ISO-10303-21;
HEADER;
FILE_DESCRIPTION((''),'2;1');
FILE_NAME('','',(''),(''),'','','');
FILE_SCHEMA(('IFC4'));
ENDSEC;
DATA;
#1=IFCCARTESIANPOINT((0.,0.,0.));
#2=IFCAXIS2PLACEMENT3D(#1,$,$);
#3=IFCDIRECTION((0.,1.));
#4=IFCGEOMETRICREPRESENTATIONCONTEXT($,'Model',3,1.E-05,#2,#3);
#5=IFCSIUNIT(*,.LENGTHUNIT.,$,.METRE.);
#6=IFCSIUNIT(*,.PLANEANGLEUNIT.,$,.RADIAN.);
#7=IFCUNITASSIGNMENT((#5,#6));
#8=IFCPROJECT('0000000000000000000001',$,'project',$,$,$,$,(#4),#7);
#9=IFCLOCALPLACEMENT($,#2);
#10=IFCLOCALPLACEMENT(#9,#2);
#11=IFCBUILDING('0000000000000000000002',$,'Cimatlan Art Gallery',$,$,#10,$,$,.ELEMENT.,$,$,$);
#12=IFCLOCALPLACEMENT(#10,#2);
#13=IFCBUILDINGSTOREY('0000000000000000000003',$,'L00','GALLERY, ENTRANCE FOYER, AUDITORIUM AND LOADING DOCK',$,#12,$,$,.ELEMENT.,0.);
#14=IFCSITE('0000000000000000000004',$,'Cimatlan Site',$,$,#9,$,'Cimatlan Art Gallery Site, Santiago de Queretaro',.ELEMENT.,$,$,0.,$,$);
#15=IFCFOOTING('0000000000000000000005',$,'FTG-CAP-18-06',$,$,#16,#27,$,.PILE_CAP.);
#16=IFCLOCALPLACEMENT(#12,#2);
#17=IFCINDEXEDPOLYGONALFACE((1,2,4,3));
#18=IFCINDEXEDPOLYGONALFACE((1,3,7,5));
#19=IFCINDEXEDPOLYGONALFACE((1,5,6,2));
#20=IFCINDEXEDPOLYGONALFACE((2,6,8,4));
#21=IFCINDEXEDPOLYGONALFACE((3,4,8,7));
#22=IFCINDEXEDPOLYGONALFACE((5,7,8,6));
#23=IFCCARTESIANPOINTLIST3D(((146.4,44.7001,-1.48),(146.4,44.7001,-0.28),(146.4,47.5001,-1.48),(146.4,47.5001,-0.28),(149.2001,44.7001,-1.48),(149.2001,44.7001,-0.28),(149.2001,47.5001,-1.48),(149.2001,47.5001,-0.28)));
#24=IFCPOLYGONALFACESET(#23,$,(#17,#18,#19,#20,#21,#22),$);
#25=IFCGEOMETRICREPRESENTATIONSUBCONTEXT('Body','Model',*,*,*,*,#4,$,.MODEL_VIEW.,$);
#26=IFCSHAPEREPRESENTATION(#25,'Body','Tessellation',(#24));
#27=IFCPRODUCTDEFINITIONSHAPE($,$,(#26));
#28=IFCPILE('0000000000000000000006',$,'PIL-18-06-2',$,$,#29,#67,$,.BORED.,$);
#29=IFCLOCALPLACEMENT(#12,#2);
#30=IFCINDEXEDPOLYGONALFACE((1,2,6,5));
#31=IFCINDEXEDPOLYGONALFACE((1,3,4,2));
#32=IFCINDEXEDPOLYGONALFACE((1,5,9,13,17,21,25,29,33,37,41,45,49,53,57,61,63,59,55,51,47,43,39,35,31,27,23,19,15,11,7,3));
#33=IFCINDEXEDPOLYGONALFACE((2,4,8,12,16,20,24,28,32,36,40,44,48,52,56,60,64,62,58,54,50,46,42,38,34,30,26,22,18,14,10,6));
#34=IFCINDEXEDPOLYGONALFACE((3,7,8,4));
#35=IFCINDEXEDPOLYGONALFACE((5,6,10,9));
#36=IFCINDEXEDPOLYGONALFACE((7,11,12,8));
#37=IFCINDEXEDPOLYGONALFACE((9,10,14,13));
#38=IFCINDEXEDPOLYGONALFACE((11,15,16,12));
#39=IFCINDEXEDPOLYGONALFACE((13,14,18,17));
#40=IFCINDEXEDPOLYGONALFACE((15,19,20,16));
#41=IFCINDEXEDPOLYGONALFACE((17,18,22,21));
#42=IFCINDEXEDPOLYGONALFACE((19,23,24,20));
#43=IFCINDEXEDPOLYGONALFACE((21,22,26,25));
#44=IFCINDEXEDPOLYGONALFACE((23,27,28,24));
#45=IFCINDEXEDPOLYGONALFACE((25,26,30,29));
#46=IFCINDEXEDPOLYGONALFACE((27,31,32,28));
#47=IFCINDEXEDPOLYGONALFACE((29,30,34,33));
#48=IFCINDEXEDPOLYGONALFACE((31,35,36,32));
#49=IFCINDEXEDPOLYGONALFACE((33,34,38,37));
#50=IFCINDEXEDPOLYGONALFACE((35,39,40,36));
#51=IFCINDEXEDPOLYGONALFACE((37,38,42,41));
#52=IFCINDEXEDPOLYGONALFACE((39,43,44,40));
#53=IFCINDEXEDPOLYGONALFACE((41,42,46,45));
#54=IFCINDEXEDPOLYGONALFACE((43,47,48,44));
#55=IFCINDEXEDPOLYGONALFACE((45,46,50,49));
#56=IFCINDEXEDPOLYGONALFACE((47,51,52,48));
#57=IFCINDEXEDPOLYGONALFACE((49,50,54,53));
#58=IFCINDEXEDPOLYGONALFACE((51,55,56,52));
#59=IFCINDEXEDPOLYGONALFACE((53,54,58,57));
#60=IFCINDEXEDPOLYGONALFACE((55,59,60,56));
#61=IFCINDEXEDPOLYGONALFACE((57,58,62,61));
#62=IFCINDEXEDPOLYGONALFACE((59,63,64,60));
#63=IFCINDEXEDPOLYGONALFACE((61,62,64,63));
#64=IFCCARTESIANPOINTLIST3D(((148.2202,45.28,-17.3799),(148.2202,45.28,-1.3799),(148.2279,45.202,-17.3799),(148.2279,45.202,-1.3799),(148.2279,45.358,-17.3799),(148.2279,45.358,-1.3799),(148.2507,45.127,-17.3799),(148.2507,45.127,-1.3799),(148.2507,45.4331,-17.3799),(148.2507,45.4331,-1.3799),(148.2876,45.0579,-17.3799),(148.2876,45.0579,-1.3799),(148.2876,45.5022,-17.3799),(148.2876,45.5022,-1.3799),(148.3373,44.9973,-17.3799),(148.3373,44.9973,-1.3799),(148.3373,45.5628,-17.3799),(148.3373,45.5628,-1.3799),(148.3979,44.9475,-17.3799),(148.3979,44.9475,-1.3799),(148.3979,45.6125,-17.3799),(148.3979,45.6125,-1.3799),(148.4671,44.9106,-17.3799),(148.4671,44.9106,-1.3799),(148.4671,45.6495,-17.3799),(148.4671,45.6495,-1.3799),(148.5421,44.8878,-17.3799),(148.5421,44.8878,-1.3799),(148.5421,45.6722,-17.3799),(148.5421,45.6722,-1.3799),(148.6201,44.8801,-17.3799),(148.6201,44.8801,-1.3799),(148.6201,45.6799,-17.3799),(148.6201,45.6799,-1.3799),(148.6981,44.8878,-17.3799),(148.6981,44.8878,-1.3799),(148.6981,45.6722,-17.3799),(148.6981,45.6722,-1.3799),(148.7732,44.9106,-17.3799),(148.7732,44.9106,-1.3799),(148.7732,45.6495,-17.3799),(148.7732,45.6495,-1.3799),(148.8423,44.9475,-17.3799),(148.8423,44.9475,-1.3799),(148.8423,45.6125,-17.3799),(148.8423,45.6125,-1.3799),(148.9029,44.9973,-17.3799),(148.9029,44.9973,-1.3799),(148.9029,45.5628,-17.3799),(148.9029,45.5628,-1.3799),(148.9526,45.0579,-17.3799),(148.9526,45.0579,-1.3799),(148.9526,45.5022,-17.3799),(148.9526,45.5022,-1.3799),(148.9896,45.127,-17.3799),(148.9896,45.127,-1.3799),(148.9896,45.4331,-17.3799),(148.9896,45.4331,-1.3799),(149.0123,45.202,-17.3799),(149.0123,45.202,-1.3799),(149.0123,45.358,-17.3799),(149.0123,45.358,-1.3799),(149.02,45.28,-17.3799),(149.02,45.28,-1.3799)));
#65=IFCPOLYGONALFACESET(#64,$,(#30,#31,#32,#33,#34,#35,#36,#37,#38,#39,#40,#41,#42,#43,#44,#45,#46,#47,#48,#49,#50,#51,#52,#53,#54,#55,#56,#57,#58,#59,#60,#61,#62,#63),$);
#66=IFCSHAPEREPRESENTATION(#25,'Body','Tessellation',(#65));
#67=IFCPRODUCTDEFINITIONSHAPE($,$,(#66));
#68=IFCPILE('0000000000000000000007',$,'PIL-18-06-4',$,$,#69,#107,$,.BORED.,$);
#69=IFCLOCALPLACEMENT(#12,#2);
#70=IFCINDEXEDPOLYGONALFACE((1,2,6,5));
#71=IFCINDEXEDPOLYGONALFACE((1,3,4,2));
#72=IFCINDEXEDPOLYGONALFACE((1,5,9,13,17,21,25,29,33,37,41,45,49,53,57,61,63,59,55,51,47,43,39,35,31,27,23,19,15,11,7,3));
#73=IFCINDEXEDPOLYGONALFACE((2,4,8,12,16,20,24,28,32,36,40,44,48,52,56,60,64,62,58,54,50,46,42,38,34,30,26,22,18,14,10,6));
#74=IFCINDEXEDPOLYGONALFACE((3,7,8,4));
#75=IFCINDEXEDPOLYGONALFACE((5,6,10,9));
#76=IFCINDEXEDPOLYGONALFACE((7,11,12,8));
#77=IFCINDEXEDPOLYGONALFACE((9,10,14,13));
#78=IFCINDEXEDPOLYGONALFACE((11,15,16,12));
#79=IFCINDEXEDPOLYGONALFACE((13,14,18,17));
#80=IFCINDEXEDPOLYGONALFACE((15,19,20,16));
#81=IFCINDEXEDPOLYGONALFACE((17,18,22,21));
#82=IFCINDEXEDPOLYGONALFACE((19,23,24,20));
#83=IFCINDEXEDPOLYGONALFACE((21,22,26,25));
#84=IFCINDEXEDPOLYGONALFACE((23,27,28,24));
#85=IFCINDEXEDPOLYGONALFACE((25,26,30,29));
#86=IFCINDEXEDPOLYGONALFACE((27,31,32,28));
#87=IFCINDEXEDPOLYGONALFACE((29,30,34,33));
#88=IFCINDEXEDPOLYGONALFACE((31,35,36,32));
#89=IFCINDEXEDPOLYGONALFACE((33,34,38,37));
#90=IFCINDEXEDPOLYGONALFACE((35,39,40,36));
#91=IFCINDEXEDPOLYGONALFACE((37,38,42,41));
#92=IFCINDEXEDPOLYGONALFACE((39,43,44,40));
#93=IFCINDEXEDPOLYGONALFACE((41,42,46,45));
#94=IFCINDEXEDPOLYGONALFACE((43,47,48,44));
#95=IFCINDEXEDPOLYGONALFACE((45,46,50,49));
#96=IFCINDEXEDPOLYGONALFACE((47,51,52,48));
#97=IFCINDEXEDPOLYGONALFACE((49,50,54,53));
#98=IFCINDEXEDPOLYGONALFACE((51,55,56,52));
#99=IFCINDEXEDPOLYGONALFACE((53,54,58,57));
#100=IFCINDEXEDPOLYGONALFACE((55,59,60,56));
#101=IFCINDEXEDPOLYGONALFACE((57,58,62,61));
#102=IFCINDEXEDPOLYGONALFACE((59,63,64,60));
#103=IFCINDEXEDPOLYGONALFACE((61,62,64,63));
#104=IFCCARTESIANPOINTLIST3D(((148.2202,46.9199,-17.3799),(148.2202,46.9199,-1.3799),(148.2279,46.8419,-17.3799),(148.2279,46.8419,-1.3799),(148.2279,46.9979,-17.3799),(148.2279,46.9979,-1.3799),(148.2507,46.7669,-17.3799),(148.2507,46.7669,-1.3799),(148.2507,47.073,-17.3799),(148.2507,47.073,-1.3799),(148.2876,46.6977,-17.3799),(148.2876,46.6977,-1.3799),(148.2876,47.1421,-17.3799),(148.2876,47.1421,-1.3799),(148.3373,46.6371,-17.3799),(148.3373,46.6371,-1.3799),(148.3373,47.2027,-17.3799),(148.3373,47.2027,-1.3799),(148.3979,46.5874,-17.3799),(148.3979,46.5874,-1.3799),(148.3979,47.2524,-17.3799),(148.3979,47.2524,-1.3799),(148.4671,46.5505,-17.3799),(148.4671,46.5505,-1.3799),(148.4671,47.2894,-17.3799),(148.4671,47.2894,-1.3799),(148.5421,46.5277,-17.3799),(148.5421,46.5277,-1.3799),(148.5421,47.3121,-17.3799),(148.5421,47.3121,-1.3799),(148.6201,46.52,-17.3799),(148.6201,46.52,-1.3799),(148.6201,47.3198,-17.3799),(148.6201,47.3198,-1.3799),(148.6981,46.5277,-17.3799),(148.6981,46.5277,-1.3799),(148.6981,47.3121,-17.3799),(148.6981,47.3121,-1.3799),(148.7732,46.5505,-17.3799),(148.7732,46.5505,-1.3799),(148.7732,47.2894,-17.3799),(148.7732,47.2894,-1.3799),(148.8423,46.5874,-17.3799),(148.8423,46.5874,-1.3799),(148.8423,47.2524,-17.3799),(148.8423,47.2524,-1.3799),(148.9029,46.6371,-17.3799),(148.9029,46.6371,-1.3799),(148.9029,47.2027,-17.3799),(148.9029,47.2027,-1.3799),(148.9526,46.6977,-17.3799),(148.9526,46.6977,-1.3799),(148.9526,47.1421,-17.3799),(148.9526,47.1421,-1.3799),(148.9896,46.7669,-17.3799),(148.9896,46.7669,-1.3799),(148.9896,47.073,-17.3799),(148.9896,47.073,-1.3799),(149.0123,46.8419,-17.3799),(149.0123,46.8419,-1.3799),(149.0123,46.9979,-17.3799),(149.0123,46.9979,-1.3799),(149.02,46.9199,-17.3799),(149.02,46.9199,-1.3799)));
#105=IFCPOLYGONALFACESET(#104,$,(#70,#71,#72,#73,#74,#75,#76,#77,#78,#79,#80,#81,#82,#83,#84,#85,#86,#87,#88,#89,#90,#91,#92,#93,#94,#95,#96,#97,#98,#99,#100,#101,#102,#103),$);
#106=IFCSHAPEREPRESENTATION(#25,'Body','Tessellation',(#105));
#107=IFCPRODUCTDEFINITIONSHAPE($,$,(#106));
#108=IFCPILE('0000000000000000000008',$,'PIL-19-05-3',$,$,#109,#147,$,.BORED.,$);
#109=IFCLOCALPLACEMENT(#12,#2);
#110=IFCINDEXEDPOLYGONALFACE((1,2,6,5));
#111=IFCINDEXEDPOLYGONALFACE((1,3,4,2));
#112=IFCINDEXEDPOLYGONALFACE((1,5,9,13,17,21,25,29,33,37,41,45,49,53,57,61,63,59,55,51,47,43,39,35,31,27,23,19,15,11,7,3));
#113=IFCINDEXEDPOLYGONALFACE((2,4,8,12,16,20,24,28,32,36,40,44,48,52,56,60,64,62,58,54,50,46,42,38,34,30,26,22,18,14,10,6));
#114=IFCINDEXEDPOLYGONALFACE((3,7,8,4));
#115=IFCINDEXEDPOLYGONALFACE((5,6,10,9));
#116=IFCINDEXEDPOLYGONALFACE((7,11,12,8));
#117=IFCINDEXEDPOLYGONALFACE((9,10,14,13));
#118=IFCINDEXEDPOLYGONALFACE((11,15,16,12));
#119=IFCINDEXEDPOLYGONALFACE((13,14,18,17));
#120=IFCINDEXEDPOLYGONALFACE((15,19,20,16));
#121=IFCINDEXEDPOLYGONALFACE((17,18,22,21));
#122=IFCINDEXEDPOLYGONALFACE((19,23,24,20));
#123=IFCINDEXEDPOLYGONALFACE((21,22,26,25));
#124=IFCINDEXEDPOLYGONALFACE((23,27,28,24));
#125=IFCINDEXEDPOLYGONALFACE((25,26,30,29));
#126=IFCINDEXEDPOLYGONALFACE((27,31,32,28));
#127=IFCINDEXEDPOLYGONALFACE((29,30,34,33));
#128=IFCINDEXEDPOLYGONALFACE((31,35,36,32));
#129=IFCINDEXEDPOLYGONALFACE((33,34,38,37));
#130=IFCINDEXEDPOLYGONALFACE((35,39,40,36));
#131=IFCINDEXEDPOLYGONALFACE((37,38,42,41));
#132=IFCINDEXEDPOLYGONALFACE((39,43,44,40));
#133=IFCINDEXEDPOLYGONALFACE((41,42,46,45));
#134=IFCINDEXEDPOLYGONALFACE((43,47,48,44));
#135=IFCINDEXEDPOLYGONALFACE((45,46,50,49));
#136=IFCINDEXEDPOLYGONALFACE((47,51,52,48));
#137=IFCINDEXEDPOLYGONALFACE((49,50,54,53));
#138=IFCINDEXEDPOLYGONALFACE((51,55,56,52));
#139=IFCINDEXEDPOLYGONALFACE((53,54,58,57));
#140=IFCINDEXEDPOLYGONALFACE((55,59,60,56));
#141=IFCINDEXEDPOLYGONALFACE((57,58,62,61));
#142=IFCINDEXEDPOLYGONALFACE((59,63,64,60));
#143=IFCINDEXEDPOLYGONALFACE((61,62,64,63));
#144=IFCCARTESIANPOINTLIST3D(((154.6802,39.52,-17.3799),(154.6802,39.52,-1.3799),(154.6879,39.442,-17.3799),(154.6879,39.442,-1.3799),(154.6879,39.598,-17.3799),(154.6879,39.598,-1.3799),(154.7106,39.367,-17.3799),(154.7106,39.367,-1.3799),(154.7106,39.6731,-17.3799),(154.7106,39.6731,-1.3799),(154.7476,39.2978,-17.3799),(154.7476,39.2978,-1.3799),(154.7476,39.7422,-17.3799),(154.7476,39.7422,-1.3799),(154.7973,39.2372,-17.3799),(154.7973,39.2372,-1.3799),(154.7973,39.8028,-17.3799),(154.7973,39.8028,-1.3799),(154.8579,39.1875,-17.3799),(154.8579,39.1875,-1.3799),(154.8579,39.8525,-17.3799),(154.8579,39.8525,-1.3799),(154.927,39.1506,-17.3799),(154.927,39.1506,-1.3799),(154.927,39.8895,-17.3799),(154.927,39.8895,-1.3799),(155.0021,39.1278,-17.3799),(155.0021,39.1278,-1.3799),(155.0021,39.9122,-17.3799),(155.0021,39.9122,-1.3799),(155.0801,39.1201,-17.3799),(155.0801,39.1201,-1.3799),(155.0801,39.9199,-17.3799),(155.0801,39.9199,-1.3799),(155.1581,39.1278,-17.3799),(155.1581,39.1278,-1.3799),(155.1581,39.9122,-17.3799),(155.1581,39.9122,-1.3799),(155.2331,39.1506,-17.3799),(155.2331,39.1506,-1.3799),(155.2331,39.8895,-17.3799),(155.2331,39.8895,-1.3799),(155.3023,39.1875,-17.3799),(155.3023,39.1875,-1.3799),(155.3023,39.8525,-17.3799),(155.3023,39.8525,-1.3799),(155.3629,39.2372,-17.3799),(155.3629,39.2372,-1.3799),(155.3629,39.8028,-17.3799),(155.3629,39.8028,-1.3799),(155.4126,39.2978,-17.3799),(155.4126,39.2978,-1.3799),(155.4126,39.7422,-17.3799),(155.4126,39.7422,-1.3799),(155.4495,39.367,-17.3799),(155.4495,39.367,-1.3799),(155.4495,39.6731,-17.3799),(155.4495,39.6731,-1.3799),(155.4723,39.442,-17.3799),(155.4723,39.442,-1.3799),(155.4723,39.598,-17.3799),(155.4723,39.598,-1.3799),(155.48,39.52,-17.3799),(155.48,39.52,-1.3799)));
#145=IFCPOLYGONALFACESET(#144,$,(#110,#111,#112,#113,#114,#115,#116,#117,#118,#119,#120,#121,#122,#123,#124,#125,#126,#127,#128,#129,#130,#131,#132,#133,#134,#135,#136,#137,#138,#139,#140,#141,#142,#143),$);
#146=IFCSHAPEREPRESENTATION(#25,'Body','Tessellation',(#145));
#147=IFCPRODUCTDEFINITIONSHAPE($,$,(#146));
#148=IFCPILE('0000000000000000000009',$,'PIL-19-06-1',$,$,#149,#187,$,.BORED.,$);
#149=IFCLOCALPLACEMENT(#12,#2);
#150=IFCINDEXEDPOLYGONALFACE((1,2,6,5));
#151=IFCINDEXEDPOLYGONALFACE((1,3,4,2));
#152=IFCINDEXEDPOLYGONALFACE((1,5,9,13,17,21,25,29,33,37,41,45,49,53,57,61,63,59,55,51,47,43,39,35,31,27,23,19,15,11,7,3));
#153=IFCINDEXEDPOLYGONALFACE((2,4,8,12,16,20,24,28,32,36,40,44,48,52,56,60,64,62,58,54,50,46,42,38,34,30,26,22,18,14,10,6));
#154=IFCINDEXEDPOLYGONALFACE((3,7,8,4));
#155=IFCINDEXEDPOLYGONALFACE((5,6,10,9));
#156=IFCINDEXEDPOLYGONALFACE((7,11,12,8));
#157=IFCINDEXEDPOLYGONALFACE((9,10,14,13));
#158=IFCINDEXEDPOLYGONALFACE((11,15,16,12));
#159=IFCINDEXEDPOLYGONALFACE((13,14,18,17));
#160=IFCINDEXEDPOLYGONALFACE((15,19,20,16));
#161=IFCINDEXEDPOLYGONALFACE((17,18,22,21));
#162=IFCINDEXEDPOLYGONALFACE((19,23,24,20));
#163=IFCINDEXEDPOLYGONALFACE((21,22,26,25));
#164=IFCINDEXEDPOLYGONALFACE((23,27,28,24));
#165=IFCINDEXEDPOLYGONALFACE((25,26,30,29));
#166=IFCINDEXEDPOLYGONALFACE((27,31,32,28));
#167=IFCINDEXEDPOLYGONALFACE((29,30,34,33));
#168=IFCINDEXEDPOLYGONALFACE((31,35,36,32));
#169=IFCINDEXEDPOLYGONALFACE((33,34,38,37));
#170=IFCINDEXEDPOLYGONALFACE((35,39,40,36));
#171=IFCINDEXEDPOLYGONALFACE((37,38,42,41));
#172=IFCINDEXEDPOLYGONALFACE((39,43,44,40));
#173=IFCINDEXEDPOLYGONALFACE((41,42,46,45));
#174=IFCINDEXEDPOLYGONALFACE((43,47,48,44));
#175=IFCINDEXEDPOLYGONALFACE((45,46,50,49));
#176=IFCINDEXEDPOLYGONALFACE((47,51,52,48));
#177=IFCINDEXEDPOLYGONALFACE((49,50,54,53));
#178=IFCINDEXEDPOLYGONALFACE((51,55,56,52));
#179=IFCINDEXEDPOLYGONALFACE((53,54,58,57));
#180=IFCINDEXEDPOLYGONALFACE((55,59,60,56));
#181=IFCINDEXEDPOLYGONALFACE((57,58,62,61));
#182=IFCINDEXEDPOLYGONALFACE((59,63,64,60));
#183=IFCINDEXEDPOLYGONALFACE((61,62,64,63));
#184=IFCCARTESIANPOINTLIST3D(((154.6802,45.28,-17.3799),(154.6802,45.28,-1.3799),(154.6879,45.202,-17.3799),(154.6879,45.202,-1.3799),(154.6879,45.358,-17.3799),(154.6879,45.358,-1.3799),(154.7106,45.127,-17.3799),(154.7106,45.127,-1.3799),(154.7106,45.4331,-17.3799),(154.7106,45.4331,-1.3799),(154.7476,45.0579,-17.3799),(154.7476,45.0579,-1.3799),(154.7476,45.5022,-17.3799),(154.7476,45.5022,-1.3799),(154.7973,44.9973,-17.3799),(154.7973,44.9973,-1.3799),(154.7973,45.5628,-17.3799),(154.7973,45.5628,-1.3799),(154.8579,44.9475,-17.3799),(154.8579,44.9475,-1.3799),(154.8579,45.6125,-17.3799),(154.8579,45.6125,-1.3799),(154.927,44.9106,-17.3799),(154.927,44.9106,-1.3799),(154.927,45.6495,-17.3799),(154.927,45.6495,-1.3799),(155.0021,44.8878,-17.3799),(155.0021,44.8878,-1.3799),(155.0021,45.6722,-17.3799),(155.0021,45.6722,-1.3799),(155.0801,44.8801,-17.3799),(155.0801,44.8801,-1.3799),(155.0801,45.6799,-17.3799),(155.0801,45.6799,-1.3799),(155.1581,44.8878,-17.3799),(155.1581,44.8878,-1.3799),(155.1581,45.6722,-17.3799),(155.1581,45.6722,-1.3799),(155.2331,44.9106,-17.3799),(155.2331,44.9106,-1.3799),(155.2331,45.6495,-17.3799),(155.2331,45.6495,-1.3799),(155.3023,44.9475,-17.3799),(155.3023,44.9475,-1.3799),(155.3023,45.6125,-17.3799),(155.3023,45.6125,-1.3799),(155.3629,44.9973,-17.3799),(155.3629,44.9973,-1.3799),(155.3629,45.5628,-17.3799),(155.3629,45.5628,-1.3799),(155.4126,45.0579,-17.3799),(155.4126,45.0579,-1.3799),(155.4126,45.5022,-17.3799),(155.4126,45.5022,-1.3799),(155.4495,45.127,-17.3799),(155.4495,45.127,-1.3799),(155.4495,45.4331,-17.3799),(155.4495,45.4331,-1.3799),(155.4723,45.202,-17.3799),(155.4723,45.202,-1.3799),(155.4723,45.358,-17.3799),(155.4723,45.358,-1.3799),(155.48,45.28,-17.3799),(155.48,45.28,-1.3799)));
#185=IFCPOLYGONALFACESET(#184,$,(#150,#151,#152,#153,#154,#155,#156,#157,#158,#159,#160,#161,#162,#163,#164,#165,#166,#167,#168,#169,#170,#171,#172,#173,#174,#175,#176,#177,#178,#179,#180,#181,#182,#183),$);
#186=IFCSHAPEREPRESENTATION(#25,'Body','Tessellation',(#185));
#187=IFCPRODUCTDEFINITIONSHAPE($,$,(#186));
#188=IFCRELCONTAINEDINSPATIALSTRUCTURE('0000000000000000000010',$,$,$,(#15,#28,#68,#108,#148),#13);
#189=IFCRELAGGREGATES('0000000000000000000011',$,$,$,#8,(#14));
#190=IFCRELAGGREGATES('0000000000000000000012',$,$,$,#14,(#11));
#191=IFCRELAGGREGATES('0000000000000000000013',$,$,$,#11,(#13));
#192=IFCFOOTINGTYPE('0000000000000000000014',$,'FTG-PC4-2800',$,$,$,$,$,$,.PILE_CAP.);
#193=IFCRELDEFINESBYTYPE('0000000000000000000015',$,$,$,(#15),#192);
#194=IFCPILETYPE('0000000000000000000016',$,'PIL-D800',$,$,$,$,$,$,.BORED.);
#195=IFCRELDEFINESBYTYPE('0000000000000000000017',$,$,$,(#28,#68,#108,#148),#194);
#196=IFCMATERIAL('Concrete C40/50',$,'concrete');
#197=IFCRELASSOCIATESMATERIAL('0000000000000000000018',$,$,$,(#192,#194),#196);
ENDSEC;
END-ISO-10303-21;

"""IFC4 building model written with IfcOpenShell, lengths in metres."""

from ifc_helpers import new_model, si_unit, direction, frame, origin, origin_2d, place, context, subcontext, project, spatial, rectangle, circle, extrude, material, type_object, element, save


model = new_model("IFC4")

# Units and contexts
model_context = context("Model", 3, precision=1e-05, world=origin(), true_north=direction((0.0, 1.0)))
body_context = subcontext(model_context, "Body", "Model", "MODEL_VIEW")
ifc_project = project(units=[si_unit("LENGTHUNIT", "METRE"), si_unit("PLANEANGLEUNIT", "RADIAN")], contexts=[model_context])

# Site, building, storey
site_placement = place(None, origin())
site = spatial("IfcSite", under=ifc_project, at=site_placement, Name="Cimatlan Site", LongName="Cimatlan Art Gallery Site, Santiago de Queretaro", CompositionType="ELEMENT", RefElevation=0.0)
building_placement = place(site_placement, origin())
building = spatial("IfcBuilding", under=site, at=building_placement, Name="Cimatlan Art Gallery", CompositionType="ELEMENT")
storey_placement = place(building_placement, origin())
storey = spatial("IfcBuildingStorey", under=building, at=storey_placement, Name="L00", Description="GALLERY, ENTRANCE FOYER, AUDITORIUM AND LOADING DOCK", CompositionType="ELEMENT", Elevation=0.0)

# Footing
ifc_material_1 = material(Name="Concrete C40/50", Category="concrete")
footing_type = type_object("IfcFootingType", Name="FTG-PC4-2800", PredefinedType="PILE_CAP", material=ifc_material_1)
footing_placement = place(storey_placement, frame((147.8, 46.1001, -1.48), z_axis=(0.0, 0.0, 1.0), x_axis=(1.0, 0.0, 0.0)))
element("IfcFooting", 1, at=footing_placement, inside=storey, type_object=footing_type, Name="FTG-CAP-18-06", PredefinedType="PILE_CAP", context=body_context, shape_type="SweptSolid", body=[
    extrude(rectangle(XDim=2.8, YDim=2.8, at=origin_2d()), origin(), (0.0, 0.0, 1.0), 1.2),
])

# Piles
pile_type = type_object("IfcPileType", Name="PIL-D800", PredefinedType="BORED", material=ifc_material_1)
for number, where, z_axis, x_axis, name in (
    (2, (148.6201, 45.28, -1.3799), (0.0, 0.0, -1.0), (1.0, 0.0, 0.0), "PIL-18-06-2"),
    (3, (148.6201, 46.9199, -1.3799), (0.0, 0.0, -1.0), (1.0, 0.0, 0.0), "PIL-18-06-4"),
    (4, (155.0801, 39.52, -1.3799), (0.0, 0.0, -1.0), (1.0, 0.0, 0.0), "PIL-19-05-3"),
    (5, (155.0801, 45.28, -1.3799), (0.0, 0.0, -1.0), (1.0, 0.0, 0.0), "PIL-19-06-1"),
):
    element("IfcPile", number, at=place(storey_placement, frame(where, z_axis=z_axis, x_axis=x_axis)), inside=storey, type_object=pile_type, Name=name, PredefinedType="BORED", context=body_context, shape_type="SweptSolid", body=[
        extrude(circle(Radius=0.3999, at=origin_2d()), origin(), (0.0, 0.0, 1.0), 16.0),
    ])

save(model, "model.ifc")
